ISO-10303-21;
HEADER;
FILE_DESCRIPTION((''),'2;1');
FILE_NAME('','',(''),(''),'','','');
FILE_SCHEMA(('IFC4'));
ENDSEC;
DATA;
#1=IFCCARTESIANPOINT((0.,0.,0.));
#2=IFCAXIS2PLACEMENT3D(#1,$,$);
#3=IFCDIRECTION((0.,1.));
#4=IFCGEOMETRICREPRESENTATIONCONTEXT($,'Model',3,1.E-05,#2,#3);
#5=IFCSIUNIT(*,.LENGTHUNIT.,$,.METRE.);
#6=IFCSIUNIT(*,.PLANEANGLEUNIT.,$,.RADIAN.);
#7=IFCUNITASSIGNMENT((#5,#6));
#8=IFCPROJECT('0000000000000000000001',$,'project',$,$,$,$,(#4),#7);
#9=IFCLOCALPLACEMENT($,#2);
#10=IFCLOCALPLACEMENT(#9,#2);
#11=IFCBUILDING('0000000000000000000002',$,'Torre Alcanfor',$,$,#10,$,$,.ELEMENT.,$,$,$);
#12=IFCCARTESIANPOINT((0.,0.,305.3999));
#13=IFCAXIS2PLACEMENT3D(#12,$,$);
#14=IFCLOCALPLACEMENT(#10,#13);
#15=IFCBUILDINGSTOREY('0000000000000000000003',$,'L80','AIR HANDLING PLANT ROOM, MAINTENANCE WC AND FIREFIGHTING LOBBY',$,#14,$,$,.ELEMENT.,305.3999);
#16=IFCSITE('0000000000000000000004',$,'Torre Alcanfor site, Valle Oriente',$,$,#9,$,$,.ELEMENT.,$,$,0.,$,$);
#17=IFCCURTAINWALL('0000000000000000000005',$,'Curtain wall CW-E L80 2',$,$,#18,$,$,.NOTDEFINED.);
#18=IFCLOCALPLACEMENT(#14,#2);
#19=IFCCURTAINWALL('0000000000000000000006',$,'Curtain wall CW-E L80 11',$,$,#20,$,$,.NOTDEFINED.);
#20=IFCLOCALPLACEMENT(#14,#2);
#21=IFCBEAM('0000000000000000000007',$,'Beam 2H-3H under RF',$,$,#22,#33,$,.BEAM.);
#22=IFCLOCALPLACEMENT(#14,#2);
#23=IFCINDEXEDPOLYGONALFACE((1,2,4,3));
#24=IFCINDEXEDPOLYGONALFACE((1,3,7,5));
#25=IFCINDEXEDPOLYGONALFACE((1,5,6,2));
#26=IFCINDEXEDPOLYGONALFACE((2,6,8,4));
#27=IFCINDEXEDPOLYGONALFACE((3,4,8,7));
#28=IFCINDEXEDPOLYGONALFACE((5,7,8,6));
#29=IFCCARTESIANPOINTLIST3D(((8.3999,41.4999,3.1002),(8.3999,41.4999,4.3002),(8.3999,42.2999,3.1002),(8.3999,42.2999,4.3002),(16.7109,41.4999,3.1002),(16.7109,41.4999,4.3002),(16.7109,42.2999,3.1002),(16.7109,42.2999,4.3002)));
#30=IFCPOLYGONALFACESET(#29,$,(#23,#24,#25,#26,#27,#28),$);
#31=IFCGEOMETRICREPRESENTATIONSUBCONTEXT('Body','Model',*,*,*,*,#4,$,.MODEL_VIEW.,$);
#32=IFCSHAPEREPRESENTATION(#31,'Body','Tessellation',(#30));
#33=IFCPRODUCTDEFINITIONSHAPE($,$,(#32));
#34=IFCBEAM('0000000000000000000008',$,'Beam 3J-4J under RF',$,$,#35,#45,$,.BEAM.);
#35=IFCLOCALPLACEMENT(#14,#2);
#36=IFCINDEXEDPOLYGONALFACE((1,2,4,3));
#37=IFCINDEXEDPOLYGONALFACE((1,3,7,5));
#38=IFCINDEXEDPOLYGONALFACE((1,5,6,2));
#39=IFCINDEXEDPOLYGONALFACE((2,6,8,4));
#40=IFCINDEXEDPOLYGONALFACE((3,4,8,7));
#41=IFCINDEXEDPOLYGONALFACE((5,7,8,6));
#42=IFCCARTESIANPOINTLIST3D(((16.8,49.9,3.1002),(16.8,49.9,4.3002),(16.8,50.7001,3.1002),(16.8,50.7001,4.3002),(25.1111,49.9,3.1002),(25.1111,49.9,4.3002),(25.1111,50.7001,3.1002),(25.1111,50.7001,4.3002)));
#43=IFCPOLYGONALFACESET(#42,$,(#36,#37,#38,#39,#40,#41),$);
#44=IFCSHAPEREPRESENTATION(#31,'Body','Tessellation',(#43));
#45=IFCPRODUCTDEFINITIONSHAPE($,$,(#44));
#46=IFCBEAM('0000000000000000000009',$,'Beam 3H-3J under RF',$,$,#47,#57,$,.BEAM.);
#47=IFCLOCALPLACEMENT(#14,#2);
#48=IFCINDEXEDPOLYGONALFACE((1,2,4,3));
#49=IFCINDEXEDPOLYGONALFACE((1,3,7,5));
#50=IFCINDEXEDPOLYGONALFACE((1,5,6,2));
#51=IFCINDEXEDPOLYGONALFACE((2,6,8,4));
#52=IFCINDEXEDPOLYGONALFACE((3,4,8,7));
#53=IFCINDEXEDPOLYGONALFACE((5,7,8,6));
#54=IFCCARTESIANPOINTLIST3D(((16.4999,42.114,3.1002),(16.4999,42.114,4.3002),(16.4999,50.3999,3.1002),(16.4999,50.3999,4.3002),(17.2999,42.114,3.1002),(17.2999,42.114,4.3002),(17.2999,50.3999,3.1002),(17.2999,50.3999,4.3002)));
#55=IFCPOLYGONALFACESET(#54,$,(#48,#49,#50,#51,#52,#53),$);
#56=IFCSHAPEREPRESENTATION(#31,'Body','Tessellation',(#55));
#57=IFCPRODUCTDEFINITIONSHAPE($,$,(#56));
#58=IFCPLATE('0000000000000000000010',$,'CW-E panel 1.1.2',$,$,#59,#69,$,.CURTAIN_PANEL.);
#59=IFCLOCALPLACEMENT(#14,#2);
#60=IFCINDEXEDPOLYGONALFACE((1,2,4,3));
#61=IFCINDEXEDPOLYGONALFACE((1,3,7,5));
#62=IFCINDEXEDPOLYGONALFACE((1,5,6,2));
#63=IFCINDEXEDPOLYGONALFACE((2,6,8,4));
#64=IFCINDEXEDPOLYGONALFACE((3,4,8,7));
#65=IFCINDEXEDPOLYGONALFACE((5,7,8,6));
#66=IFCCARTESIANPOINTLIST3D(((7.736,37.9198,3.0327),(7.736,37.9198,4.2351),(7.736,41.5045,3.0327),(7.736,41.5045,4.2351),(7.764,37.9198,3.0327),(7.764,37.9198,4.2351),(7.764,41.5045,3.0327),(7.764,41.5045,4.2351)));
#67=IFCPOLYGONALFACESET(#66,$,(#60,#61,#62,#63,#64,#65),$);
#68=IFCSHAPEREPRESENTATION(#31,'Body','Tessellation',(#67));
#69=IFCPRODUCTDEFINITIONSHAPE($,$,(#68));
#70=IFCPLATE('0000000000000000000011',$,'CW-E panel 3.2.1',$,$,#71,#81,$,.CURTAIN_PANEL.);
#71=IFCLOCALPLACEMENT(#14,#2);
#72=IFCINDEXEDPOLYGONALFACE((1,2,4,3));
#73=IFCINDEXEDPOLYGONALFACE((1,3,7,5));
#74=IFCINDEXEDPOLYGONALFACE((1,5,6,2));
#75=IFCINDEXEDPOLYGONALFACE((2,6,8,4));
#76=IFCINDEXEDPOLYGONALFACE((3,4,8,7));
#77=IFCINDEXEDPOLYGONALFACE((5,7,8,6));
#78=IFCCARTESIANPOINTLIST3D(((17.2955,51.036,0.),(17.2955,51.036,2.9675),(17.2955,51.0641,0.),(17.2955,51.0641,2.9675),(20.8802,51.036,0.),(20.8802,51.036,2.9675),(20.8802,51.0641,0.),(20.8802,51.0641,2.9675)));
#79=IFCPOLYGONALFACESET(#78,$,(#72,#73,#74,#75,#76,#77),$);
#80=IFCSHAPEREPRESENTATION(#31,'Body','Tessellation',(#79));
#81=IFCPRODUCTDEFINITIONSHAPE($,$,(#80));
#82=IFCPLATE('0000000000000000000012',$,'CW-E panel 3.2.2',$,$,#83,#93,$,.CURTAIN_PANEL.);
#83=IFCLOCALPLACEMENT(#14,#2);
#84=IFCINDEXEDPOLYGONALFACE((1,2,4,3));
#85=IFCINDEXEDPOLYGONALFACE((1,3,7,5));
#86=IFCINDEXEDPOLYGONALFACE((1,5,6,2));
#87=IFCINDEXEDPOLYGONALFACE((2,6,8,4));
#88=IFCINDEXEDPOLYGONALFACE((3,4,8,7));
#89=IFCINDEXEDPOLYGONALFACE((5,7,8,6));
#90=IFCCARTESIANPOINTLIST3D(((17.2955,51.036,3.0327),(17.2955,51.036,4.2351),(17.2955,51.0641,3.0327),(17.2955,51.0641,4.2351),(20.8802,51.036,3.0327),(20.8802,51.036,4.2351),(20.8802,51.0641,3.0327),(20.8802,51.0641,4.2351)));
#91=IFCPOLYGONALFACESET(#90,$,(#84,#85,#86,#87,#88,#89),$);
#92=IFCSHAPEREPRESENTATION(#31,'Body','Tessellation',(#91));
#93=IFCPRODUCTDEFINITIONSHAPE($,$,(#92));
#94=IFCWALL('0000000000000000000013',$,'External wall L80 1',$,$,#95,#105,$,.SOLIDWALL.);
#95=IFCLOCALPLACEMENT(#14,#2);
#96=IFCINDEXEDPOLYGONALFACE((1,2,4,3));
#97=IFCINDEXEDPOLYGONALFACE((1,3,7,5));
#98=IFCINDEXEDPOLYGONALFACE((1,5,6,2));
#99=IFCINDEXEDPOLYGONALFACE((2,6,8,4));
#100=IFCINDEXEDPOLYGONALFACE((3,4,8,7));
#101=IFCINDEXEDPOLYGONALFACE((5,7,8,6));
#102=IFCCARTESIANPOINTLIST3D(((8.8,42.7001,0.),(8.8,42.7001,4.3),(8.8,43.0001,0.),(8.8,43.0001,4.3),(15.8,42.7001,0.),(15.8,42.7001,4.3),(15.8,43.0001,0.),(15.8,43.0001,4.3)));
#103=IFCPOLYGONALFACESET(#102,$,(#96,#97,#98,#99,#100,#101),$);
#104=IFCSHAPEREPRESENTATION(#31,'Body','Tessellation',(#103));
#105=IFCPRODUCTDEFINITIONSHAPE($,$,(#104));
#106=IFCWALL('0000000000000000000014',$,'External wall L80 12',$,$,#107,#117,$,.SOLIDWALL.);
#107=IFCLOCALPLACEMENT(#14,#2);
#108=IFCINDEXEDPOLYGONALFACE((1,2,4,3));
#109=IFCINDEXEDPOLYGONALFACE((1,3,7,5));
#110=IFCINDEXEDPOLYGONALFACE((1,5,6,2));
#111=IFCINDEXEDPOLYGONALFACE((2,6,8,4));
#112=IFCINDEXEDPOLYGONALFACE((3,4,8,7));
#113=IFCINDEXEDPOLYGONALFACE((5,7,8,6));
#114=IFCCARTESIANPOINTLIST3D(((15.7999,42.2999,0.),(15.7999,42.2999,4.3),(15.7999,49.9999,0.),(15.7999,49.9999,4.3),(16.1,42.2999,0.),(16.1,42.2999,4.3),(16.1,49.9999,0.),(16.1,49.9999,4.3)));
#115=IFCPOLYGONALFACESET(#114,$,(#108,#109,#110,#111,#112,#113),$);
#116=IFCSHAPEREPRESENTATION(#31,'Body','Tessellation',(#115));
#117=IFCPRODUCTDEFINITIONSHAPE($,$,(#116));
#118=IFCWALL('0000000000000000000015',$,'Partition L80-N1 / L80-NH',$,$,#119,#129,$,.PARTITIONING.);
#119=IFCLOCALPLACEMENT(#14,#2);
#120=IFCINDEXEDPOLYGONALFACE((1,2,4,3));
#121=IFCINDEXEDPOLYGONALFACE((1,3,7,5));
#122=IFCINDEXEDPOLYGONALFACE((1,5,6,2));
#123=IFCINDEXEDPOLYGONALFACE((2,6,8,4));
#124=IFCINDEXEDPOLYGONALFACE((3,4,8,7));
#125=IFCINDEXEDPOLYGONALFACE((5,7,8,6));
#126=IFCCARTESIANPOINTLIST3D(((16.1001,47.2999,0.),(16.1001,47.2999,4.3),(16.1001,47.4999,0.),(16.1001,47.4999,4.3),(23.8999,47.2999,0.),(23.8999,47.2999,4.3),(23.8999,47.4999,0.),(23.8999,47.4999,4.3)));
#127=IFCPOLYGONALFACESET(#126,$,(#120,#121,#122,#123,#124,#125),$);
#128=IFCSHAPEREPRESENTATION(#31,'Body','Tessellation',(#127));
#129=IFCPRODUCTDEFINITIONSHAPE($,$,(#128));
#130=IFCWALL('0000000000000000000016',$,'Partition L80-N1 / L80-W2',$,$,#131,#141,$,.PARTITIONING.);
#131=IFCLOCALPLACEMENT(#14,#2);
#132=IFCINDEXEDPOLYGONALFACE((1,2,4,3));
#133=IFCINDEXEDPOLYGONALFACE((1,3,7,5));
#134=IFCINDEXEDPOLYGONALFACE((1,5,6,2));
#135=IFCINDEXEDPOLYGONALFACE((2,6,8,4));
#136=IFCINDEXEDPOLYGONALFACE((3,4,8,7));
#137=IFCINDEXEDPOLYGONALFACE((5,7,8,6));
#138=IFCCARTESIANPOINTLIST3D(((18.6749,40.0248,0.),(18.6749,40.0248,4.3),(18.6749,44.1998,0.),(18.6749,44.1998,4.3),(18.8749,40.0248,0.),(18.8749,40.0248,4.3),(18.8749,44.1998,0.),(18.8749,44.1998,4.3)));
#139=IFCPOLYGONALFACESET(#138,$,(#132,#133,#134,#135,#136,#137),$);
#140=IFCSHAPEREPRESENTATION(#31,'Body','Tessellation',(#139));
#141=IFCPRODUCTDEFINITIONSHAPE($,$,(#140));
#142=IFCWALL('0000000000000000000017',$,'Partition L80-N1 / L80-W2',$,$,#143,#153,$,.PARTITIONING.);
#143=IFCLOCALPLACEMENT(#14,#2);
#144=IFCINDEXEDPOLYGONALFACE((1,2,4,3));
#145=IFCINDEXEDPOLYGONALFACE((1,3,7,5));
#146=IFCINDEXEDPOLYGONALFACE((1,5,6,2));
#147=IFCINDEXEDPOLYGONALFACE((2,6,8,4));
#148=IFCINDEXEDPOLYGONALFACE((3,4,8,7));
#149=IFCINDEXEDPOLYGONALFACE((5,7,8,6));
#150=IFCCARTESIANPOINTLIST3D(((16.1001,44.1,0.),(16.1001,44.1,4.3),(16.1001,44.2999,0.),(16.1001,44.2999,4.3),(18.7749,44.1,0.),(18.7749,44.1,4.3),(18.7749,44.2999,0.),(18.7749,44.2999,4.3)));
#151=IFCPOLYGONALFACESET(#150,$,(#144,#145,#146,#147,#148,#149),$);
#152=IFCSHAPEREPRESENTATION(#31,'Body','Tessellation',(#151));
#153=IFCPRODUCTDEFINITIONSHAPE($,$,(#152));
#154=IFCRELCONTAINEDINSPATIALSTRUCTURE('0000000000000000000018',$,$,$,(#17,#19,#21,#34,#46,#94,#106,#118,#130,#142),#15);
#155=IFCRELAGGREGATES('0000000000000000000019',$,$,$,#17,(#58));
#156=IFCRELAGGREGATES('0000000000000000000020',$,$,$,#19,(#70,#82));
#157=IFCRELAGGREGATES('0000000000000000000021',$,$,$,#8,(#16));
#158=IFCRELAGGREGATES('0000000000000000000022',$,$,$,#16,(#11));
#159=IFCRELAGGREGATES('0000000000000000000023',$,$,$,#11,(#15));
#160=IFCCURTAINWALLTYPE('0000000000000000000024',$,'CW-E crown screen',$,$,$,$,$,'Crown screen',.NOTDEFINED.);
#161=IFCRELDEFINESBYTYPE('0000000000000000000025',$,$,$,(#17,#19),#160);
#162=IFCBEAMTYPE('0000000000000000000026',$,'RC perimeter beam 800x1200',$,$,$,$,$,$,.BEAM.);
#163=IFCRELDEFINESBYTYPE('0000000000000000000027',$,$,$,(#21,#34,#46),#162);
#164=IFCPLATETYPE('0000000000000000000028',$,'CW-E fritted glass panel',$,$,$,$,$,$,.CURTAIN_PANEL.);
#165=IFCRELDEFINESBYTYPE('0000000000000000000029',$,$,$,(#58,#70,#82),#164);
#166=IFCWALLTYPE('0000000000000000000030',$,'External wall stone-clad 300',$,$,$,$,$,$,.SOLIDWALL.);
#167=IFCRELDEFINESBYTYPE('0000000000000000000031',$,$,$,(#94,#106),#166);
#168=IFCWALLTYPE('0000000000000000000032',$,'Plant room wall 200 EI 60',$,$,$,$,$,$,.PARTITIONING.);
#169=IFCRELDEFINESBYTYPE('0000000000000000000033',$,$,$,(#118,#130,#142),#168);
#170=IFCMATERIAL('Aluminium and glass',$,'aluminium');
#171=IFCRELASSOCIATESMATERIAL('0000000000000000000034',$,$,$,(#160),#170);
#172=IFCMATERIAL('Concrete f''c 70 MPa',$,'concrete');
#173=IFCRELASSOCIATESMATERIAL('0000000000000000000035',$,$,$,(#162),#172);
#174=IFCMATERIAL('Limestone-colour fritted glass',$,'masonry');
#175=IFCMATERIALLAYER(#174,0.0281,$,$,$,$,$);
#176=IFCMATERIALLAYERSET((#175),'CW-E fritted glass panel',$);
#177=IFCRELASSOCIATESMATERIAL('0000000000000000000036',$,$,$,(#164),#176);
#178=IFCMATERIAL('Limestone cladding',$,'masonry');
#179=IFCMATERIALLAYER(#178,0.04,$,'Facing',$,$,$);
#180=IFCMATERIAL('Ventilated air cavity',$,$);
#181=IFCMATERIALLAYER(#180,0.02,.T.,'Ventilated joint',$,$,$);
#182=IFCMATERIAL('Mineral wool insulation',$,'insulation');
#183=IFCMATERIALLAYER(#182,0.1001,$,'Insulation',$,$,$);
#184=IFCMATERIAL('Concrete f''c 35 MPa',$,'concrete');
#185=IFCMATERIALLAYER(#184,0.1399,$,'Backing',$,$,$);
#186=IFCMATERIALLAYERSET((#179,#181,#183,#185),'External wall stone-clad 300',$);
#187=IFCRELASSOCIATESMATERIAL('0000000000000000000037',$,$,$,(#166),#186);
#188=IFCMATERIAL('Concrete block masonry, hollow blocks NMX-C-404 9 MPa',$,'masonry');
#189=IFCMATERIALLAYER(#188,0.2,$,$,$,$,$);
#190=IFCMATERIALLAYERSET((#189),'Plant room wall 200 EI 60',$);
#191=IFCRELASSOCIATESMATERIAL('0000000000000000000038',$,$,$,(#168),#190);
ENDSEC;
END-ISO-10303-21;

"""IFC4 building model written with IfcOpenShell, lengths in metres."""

from ifc_helpers import new_model, si_unit, direction, frame, frame_2d, origin, origin_2d, place, context, subcontext, project, spatial, rectangle, extrude, material, layer, layer_set, material_profile, profile_set, type_object, element, aggregate, save


model = new_model("IFC4")

# Units and contexts
model_context = context("Model", 3, precision=1e-05, world=origin(), true_north=direction((0.0, 1.0)))
body_context = subcontext(model_context, "Body", "Model", "MODEL_VIEW")
ifc_project = project(units=[si_unit("LENGTHUNIT", "METRE"), si_unit("PLANEANGLEUNIT", "RADIAN")], contexts=[model_context])

# Site, building, storey
site_placement = place(None, origin())
site = spatial("IfcSite", under=ifc_project, at=site_placement, Name="Torre Alcanfor site, Valle Oriente", CompositionType="ELEMENT", RefElevation=0.0)
building_placement = place(site_placement, origin())
building = spatial("IfcBuilding", under=site, at=building_placement, Name="Torre Alcanfor", CompositionType="ELEMENT")
storey_placement = place(building_placement, frame((0.0, 0.0, 305.3999)))
storey = spatial("IfcBuildingStorey", under=building, at=storey_placement, Name="L80", Description="AIR HANDLING PLANT ROOM, MAINTENANCE WC AND FIREFIGHTING LOBBY", CompositionType="ELEMENT", Elevation=305.3999)

# Curtain walls
ifc_material_1 = material(Name="Aluminium and glass", Category="aluminium")
curtain_wall_type = type_object("IfcCurtainWallType", Name="CW-E crown screen", ElementType="Crown screen", PredefinedType="NOTDEFINED", material=ifc_material_1)
curtain_wall_1_placement = place(storey_placement, origin())
curtain_wall_1 = element("IfcCurtainWall", 1, at=curtain_wall_1_placement, inside=storey, type_object=curtain_wall_type, Name="Curtain wall CW-E L80 2", PredefinedType="NOTDEFINED")
curtain_wall_2_placement = place(storey_placement, origin())
curtain_wall_2 = element("IfcCurtainWall", 2, at=curtain_wall_2_placement, inside=storey, type_object=curtain_wall_type, Name="Curtain wall CW-E L80 11", PredefinedType="NOTDEFINED")

# Beams
ifc_material_2 = material(Name="Concrete f'c 70 MPa", Category="concrete")
ifc_material_profile_1 = material_profile(ifc_material_2, rectangle(XDim=0.8, YDim=1.2, at=origin_2d()), Name="800x1200")
ifc_profile_set_1 = profile_set([ifc_material_profile_1], Name="Concrete f'c 70 MPa")
beam_type_1 = type_object("IfcBeamType", Name="RC perimeter beam 800x1200", PredefinedType="BEAM", material=ifc_profile_set_1)
for number, where, z_axis, x_axis, name in (
    (3, (8.3999, 41.8999, 3.7002), (1.0, 0.0, 0.0), (0.0, 1.0, 0.0), "Beam 2H-3H under RF"),
    (4, (16.8, 50.3, 3.7002), (1.0, 0.0, 0.0), (0.0, 1.0, 0.0), "Beam 3J-4J under RF"),
):
    element("IfcBeam", number, at=place(storey_placement, frame(where, z_axis=z_axis, x_axis=x_axis)), inside=storey, type_object=beam_type_1, Name=name, PredefinedType="BEAM", context=body_context, shape_type="SweptSolid", body=[
        extrude(rectangle(XDim=0.8, YDim=1.2, at=origin_2d()), origin(), (0.0, 0.0, 1.0), 8.311),
    ])
beam_1_placement = place(storey_placement, frame((16.8999, 42.114, 3.7002), z_axis=(0.0, 1.0, 0.0), x_axis=(-1.0, 0.0, 0.0)))
element("IfcBeam", 5, at=beam_1_placement, inside=storey, type_object=beam_type_1, Name="Beam 3H-3J under RF", PredefinedType="BEAM", context=body_context, shape_type="SweptSolid", body=[
    extrude(rectangle(XDim=0.8, YDim=1.2, at=origin_2d()), origin(), (0.0, 0.0, 1.0), 8.2859),
])

# Plates
ifc_material_3 = material(Name="Limestone-colour fritted glass", Category="masonry")
ifc_layer_1 = layer(ifc_material_3, 0.0281)
ifc_layer_set_1 = layer_set([ifc_layer_1], Name="CW-E fritted glass panel")
plate_type = type_object("IfcPlateType", Name="CW-E fritted glass panel", PredefinedType="CURTAIN_PANEL", material=ifc_layer_set_1)
plate_1_placement = place(storey_placement, frame((7.75, 39.7122, 3.0327), z_axis=(0.0, 0.0, 1.0), x_axis=(0.0, -1.0, 0.0)))
plate_1 = element("IfcPlate", 6, at=plate_1_placement, type_object=plate_type, Name="CW-E panel 1.1.2", PredefinedType="CURTAIN_PANEL", context=body_context, shape_type="SweptSolid", body=[
    extrude(rectangle(XDim=3.5847, YDim=0.0281, at=origin_2d()), origin(), (0.0, 0.0, 1.0), 1.2024),
])
aggregate(curtain_wall_1, [plate_1])
plate_2_placement = place(storey_placement, frame((19.0879, 51.05, 0.0), z_axis=(0.0, 0.0, 1.0), x_axis=(-1.0, 0.0, 0.0)))
plate_2 = element("IfcPlate", 7, at=plate_2_placement, type_object=plate_type, Name="CW-E panel 3.2.1", PredefinedType="CURTAIN_PANEL", context=body_context, shape_type="SweptSolid", body=[
    extrude(rectangle(XDim=3.5847, YDim=0.0281, at=origin_2d()), origin(), (0.0, 0.0, 1.0), 2.9675),
])
plate_3_placement = place(storey_placement, frame((19.0879, 51.05, 3.0327), z_axis=(0.0, 0.0, 1.0), x_axis=(-1.0, 0.0, 0.0)))
plate_3 = element("IfcPlate", 8, at=plate_3_placement, type_object=plate_type, Name="CW-E panel 3.2.2", PredefinedType="CURTAIN_PANEL", context=body_context, shape_type="SweptSolid", body=[
    extrude(rectangle(XDim=3.5847, YDim=0.0281, at=origin_2d()), origin(), (0.0, 0.0, 1.0), 1.2024),
])
aggregate(curtain_wall_2, [plate_2, plate_3])

# Walls
ifc_material_4 = material(Name="Limestone cladding", Category="masonry")
ifc_layer_2 = layer(ifc_material_4, 0.04, Name="Facing")
ifc_material_5 = material(Name="Ventilated air cavity")
ifc_layer_3 = layer(ifc_material_5, 0.02, ventilated=True, Name="Ventilated joint")
ifc_material_6 = material(Name="Mineral wool insulation", Category="insulation")
ifc_layer_4 = layer(ifc_material_6, 0.1001, Name="Insulation")
ifc_material_7 = material(Name="Concrete f'c 35 MPa", Category="concrete")
ifc_layer_5 = layer(ifc_material_7, 0.1399, Name="Backing")
ifc_layer_set_2 = layer_set([ifc_layer_2, ifc_layer_3, ifc_layer_4, ifc_layer_5], Name="External wall stone-clad 300")
wall_type_1 = type_object("IfcWallType", Name="External wall stone-clad 300", PredefinedType="SOLIDWALL", material=ifc_layer_set_2)
wall_1_placement = place(storey_placement, frame((15.8, 42.8501, 0.0), z_axis=(0.0, 0.0, 1.0), x_axis=(-1.0, 0.0, 0.0)))
element("IfcWall", 9, at=wall_1_placement, inside=storey, type_object=wall_type_1, Name="External wall L80 1", PredefinedType="SOLIDWALL", context=body_context, shape_type="SweptSolid", body=[
    extrude(rectangle(XDim=7.0, YDim=0.3, at=frame_2d((3.5, 0.0))), origin(), (0.0, 0.0, 1.0), 4.3),
])
wall_2_placement = place(storey_placement, frame((15.95, 50.0, 0.0), z_axis=(0.0, 0.0, 1.0), x_axis=(0.0, -1.0, 0.0)))
element("IfcWall", 10, at=wall_2_placement, inside=storey, type_object=wall_type_1, Name="External wall L80 12", PredefinedType="SOLIDWALL", context=body_context, shape_type="SweptSolid", body=[
    extrude(rectangle(XDim=7.7, YDim=0.3, at=frame_2d((3.8501, 0.0))), origin(), (0.0, 0.0, 1.0), 4.3),
])

# Shared definitions
ifc_material_8 = material(Name="Concrete block masonry, hollow blocks NMX-C-404 9 MPa", Category="masonry")
ifc_layer_6 = layer(ifc_material_8, 0.2)
ifc_layer_set_3 = layer_set([ifc_layer_6], Name="Plant room wall 200 EI 60")
wall_type_2 = type_object("IfcWallType", Name="Plant room wall 200 EI 60", PredefinedType="PARTITIONING", material=ifc_layer_set_3)

# Walls
wall_3_placement = place(storey_placement, frame((16.1001, 47.3999, 0.0), z_axis=(0.0, 0.0, 1.0), x_axis=(1.0, 0.0, 0.0)))
element("IfcWall", 11, at=wall_3_placement, inside=storey, type_object=wall_type_2, Name="Partition L80-N1 / L80-NH", PredefinedType="PARTITIONING", context=body_context, shape_type="SweptSolid", body=[
    extrude(rectangle(XDim=7.7998, YDim=0.2, at=frame_2d((3.8999, 0.0))), origin(), (0.0, 0.0, 1.0), 4.3),
])
wall_4_placement = place(storey_placement, frame((18.7749, 40.0249, 0.0), z_axis=(0.0, 0.0, 1.0), x_axis=(0.0, 1.0, 0.0)))
element("IfcWall", 12, at=wall_4_placement, inside=storey, type_object=wall_type_2, Name="Partition L80-N1 / L80-W2", PredefinedType="PARTITIONING", context=body_context, shape_type="SweptSolid", body=[
    extrude(rectangle(XDim=4.175, YDim=0.2, at=frame_2d((2.0874, 0.0))), origin(), (0.0, 0.0, 1.0), 4.3),
])
wall_5_placement = place(storey_placement, frame((18.7749, 44.2, 0.0), z_axis=(0.0, 0.0, 1.0), x_axis=(-1.0, 0.0, 0.0)))
element("IfcWall", 13, at=wall_5_placement, inside=storey, type_object=wall_type_2, Name="Partition L80-N1 / L80-W2", PredefinedType="PARTITIONING", context=body_context, shape_type="SweptSolid", body=[
    extrude(rectangle(XDim=2.6748, YDim=0.2, at=frame_2d((1.3374, 0.0))), origin(), (0.0, 0.0, 1.0), 4.3),
])

save(model, "model.ifc")
